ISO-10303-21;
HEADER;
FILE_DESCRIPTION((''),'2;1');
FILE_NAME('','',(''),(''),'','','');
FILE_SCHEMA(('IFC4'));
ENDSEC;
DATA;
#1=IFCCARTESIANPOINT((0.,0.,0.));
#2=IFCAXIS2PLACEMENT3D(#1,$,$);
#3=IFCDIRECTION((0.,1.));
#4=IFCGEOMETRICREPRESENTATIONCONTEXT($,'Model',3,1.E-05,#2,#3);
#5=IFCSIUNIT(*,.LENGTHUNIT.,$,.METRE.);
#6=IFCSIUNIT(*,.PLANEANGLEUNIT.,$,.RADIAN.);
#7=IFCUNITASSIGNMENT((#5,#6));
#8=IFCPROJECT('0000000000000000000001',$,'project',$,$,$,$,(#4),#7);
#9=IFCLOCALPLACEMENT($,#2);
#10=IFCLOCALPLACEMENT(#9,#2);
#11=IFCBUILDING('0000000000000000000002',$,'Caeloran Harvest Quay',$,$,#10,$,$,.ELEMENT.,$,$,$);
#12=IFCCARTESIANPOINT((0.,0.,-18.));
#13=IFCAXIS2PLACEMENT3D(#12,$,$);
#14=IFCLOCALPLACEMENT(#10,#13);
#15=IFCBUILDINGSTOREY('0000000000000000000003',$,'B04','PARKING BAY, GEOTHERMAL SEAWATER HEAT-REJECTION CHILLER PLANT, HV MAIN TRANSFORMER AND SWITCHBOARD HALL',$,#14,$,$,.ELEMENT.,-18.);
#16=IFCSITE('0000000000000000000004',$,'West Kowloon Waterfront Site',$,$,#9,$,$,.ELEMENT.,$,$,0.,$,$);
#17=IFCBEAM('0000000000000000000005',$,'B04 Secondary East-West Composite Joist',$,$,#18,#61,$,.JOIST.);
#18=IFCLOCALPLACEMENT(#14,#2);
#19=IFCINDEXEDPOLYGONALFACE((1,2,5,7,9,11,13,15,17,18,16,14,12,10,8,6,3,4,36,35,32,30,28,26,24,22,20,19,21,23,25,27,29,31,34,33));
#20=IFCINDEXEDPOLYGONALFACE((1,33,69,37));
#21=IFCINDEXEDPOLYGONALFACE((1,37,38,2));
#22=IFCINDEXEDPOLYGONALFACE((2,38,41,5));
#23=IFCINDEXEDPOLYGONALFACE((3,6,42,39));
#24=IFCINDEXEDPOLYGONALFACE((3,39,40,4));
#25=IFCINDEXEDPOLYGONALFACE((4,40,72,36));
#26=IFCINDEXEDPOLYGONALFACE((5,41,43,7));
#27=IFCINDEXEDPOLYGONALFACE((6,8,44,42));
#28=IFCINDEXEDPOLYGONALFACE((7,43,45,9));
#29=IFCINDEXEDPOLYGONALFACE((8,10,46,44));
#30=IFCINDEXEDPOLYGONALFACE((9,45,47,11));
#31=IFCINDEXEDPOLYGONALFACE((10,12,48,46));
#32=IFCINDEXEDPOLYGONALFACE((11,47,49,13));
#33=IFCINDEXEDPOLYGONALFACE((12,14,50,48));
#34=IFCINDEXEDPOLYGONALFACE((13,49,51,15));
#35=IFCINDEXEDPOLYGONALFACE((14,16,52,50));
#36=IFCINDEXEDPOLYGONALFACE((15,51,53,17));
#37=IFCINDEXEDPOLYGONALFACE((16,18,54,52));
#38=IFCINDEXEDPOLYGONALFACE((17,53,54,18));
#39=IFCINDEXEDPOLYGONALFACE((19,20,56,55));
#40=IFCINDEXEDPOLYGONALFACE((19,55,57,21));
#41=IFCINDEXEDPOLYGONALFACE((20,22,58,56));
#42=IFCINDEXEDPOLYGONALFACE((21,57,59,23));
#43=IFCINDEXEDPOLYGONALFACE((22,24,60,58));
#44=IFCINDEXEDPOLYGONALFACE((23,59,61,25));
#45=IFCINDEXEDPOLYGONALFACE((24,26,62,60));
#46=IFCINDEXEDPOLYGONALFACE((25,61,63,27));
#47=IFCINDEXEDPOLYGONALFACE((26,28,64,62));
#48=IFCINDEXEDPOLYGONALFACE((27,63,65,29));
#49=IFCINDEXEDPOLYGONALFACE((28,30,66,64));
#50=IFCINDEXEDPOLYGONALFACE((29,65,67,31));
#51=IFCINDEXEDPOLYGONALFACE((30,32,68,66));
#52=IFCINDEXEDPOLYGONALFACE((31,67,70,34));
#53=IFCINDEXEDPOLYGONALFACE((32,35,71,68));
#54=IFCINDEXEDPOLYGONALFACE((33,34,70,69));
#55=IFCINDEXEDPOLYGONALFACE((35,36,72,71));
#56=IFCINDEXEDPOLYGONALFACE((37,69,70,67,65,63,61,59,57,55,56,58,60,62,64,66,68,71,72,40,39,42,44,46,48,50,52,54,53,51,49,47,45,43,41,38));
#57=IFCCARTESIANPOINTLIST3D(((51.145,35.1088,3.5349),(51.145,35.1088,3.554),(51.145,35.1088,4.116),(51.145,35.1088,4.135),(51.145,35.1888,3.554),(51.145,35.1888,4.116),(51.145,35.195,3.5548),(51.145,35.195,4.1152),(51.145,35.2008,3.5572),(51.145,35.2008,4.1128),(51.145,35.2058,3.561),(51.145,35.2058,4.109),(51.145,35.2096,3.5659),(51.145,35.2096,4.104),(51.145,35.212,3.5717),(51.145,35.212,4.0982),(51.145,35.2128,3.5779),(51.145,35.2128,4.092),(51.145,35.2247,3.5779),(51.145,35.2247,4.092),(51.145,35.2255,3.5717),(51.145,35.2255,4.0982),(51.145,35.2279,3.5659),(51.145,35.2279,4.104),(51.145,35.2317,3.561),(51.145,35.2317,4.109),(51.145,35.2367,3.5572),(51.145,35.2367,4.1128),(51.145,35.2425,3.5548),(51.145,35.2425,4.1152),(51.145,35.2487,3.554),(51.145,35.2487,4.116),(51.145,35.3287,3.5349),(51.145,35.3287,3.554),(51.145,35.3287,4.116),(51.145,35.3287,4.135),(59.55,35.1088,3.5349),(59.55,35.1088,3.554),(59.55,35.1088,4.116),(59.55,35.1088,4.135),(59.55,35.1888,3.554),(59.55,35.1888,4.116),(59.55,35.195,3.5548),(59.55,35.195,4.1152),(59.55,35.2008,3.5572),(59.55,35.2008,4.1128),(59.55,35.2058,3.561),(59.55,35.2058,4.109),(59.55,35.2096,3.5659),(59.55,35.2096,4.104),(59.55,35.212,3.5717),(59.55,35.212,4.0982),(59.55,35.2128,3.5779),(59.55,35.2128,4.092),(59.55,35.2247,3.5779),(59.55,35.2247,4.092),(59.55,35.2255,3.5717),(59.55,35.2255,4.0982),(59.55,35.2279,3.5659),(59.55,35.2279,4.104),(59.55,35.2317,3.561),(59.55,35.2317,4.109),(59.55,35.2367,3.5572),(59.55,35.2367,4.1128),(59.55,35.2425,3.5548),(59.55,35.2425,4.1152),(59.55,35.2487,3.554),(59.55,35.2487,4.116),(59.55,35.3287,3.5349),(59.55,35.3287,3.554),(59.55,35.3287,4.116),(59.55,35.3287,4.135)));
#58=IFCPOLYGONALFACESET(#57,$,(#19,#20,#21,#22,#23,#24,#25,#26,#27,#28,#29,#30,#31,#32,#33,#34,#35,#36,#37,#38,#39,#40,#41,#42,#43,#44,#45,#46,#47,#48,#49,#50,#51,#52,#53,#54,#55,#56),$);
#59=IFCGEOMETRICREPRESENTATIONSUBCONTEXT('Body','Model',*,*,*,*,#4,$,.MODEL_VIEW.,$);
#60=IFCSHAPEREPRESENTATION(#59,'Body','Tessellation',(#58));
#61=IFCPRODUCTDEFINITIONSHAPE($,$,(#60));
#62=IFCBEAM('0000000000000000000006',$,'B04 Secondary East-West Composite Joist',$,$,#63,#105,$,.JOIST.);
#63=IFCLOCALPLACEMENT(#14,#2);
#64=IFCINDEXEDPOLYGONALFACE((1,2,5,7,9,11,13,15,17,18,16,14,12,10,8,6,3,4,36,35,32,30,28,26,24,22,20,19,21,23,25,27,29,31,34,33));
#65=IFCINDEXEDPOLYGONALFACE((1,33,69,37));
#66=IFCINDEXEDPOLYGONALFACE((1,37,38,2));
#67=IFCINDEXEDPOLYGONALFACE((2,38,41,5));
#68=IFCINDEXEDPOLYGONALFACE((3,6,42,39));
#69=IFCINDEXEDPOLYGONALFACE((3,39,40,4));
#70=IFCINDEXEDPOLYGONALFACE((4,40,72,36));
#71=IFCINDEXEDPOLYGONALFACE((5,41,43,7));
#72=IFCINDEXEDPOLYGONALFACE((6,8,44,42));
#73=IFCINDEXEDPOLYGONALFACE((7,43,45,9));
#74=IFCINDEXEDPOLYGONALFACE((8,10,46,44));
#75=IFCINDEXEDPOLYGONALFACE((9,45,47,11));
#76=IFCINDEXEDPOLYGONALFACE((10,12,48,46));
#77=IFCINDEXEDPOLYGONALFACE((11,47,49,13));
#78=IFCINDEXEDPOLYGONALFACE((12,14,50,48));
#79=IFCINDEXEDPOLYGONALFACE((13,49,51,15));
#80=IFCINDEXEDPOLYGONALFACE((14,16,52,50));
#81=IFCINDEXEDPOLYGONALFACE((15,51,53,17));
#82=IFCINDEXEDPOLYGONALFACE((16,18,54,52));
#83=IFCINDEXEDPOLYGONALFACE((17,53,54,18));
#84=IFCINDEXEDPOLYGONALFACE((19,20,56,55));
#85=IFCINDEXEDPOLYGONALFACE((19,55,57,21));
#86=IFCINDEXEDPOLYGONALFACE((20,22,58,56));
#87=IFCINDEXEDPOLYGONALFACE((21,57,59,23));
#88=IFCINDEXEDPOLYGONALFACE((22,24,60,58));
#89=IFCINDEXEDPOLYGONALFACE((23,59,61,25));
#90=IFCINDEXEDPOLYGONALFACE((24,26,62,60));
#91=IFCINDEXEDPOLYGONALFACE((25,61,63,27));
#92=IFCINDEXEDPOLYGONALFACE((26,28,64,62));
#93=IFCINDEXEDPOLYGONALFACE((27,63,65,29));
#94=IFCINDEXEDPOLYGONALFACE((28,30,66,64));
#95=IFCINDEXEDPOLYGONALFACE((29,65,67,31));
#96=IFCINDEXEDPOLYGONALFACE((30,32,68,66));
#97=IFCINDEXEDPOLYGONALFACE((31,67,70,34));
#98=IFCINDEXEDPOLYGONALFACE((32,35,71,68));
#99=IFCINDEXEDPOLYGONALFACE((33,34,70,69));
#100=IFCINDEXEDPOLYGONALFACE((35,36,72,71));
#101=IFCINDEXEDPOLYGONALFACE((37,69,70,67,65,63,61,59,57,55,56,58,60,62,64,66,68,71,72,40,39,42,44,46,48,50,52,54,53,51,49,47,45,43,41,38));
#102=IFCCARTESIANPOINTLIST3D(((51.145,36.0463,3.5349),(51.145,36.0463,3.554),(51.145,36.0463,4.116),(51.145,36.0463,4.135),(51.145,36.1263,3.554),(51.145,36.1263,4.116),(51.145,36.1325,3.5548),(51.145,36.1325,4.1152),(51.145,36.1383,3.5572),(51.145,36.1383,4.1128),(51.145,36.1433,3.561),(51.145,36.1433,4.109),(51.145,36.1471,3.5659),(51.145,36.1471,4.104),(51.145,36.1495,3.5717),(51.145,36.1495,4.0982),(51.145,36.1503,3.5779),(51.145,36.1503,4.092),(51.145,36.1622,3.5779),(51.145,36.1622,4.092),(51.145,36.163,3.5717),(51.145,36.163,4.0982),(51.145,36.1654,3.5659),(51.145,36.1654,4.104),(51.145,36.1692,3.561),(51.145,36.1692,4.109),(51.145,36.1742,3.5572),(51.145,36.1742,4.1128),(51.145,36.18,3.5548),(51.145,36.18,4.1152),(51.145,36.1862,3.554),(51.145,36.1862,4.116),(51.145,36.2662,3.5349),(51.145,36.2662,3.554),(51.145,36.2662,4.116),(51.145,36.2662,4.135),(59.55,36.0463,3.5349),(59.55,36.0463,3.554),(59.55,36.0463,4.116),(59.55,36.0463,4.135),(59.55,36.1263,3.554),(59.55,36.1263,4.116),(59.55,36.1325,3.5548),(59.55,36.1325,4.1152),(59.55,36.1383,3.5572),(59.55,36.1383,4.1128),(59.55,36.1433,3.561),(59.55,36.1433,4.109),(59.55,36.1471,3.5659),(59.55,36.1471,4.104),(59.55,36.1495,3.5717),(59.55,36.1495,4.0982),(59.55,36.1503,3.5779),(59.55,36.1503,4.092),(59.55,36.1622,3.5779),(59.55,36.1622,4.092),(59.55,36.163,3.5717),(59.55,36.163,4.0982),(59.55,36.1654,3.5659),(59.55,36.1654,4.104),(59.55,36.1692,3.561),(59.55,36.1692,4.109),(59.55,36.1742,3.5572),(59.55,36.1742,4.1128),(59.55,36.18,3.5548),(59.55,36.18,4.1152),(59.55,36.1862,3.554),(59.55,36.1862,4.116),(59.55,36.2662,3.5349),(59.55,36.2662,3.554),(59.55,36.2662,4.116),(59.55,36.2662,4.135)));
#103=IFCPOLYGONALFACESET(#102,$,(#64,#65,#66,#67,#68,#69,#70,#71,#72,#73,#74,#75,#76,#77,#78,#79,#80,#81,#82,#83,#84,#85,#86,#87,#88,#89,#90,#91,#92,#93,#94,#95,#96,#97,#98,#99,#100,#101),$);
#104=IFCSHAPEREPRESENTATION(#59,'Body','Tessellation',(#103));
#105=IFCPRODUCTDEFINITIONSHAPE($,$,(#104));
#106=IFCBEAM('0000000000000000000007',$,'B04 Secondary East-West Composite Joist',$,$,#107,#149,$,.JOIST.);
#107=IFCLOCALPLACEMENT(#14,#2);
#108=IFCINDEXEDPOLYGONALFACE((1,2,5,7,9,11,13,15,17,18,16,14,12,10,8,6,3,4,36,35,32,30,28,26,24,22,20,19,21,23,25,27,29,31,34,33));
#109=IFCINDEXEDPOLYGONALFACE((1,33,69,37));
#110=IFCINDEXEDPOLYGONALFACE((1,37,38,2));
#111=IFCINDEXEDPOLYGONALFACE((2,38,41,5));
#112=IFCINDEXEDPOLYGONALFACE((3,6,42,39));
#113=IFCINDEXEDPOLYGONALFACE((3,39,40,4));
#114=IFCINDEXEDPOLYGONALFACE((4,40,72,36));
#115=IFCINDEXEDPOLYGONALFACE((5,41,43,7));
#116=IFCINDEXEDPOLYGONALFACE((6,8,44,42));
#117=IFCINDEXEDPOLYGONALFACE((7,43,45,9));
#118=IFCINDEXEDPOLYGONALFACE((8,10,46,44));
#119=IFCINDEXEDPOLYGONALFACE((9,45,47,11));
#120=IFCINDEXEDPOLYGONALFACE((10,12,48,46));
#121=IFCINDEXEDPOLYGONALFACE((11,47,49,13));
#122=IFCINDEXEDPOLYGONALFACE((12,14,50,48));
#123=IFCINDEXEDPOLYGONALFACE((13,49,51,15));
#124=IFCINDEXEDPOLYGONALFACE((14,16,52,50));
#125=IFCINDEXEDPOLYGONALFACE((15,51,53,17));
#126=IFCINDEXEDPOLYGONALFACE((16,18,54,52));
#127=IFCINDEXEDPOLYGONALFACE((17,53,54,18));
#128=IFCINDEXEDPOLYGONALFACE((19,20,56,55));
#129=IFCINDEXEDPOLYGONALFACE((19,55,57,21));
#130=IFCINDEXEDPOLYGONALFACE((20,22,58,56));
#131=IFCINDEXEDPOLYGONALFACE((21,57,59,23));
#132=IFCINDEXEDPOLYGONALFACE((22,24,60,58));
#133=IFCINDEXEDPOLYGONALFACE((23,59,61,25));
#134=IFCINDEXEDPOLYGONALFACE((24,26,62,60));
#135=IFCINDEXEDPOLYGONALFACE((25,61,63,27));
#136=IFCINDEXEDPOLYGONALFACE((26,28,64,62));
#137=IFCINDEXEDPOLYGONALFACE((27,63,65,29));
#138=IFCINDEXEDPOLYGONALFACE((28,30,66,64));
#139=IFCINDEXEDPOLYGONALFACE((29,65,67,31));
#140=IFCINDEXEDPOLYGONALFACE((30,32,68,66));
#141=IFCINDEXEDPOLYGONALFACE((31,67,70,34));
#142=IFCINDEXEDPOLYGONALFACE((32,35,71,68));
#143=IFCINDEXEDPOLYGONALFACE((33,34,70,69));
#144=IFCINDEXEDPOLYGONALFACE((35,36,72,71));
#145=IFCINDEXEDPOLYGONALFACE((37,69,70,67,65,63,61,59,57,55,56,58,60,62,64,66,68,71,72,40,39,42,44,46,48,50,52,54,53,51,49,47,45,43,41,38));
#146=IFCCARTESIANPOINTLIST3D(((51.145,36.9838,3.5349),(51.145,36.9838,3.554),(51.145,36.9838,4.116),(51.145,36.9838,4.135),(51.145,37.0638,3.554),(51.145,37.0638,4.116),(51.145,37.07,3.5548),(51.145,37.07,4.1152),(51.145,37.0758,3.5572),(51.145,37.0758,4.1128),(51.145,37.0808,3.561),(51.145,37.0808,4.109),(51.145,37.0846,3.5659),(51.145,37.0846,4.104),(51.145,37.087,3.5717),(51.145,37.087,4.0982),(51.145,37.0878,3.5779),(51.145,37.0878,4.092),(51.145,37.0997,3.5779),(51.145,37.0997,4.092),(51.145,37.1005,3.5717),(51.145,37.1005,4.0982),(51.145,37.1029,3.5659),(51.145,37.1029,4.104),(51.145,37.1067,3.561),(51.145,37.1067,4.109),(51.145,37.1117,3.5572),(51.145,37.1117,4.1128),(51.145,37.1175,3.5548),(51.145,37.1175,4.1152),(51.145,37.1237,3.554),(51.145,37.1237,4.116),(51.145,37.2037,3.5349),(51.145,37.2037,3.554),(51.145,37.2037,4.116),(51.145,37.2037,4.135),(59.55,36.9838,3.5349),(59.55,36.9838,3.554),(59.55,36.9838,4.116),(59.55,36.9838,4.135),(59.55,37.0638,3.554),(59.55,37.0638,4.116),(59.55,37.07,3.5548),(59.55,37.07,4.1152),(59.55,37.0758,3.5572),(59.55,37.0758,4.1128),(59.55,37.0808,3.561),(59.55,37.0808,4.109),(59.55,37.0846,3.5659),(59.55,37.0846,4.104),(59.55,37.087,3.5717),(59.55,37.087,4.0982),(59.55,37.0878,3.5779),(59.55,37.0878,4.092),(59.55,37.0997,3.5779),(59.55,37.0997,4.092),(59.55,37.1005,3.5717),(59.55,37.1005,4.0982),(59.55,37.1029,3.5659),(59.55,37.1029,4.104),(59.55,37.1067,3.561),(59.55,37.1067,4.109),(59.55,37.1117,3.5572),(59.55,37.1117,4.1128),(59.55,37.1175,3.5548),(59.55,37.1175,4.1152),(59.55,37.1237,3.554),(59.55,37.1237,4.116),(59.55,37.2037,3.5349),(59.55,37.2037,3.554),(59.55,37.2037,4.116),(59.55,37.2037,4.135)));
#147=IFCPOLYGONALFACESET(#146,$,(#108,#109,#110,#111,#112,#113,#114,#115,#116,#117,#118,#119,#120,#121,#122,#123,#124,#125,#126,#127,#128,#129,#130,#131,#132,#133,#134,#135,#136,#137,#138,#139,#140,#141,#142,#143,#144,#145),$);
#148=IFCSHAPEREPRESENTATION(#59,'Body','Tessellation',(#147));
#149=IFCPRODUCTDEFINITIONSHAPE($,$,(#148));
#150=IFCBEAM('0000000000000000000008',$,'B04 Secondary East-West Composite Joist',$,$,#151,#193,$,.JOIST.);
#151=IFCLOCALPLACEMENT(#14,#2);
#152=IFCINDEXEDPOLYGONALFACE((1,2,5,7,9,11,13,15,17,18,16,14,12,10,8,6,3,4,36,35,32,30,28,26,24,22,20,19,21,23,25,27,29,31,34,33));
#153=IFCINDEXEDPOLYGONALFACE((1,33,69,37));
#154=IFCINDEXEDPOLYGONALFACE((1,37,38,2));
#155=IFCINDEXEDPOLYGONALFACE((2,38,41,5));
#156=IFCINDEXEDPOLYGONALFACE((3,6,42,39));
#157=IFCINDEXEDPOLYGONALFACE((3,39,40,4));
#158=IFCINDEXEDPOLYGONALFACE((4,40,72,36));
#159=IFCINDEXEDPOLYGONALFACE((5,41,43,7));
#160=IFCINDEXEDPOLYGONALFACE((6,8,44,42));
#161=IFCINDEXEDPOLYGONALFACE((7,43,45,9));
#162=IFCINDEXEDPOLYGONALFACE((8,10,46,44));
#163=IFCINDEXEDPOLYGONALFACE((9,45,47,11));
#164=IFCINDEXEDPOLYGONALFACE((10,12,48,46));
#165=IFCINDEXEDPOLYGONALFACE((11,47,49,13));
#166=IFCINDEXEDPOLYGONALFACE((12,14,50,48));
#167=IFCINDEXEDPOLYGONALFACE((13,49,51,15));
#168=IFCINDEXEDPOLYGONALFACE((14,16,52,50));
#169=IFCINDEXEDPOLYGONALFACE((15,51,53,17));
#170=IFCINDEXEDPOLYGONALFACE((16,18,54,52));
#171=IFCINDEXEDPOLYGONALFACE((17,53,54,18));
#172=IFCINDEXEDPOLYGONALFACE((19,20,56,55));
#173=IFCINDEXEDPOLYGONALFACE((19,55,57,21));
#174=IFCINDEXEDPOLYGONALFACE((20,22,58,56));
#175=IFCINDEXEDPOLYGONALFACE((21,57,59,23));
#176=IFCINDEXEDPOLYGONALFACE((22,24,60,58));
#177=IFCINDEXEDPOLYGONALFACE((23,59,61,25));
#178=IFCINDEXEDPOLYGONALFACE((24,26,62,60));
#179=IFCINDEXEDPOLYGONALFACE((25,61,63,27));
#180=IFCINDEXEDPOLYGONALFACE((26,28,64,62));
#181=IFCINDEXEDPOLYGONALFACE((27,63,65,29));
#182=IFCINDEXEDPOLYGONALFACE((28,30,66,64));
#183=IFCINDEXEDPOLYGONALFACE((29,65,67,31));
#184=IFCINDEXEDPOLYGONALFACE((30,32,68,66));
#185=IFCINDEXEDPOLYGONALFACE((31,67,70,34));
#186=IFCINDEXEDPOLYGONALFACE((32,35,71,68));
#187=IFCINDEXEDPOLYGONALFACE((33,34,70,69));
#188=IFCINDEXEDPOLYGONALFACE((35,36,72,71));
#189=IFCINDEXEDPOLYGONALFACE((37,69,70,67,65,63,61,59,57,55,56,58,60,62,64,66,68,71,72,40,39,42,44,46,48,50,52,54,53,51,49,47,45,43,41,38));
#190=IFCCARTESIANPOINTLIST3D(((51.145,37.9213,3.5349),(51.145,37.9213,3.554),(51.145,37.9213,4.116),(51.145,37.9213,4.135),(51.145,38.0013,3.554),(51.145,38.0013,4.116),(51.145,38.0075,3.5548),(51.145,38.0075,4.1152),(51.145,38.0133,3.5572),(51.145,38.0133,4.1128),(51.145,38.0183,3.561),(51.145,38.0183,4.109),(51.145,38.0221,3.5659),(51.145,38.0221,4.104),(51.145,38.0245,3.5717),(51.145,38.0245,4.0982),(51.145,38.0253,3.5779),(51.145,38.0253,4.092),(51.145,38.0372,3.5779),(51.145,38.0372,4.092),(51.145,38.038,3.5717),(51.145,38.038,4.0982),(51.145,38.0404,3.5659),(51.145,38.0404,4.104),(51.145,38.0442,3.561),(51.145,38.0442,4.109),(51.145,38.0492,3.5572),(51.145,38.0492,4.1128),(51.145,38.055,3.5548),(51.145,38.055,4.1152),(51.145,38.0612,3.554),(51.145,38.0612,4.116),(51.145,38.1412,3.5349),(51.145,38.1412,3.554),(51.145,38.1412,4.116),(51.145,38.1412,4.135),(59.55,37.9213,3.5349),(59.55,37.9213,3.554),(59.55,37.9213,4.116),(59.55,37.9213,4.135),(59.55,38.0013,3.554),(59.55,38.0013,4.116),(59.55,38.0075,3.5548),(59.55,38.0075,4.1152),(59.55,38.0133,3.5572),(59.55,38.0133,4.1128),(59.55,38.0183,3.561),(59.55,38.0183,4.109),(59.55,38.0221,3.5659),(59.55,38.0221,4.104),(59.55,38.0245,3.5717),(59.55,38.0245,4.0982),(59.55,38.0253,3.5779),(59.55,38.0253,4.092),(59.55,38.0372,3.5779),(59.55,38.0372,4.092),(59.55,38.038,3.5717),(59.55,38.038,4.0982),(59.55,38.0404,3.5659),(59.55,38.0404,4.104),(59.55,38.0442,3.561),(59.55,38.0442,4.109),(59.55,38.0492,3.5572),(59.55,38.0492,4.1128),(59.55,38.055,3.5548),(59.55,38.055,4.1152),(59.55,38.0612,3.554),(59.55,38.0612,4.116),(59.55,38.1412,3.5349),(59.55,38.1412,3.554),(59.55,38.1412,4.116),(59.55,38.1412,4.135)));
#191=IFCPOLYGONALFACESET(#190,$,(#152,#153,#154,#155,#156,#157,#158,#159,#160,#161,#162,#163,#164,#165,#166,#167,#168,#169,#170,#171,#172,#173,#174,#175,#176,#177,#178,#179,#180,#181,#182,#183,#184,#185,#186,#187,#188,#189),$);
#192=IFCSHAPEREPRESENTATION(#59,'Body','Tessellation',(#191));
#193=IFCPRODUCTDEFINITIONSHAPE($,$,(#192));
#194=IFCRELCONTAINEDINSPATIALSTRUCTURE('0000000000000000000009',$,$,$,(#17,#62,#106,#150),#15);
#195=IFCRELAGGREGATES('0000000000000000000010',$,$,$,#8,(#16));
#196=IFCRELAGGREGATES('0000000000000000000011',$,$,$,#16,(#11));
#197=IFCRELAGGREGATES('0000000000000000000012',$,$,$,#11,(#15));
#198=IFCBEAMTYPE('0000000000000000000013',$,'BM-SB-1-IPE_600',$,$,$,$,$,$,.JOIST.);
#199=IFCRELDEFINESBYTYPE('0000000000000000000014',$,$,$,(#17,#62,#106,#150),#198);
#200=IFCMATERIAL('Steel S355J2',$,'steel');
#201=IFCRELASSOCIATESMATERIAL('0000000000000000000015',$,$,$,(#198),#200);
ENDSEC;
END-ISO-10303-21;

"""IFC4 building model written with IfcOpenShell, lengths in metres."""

from ifc_helpers import new_model, si_unit, direction, frame, origin, origin_2d, place, context, subcontext, project, spatial, i_section, extrude, material, material_profile, profile_set, type_object, element, save


model = new_model("IFC4")

# Units and contexts
model_context = context("Model", 3, precision=1e-05, world=origin(), true_north=direction((0.0, 1.0)))
body_context = subcontext(model_context, "Body", "Model", "MODEL_VIEW")
ifc_project = project(units=[si_unit("LENGTHUNIT", "METRE"), si_unit("PLANEANGLEUNIT", "RADIAN")], contexts=[model_context])

# Site, building, storey
site_placement = place(None, origin())
site = spatial("IfcSite", under=ifc_project, at=site_placement, Name="West Kowloon Waterfront Site", CompositionType="ELEMENT", RefElevation=0.0)
building_placement = place(site_placement, origin())
building = spatial("IfcBuilding", under=site, at=building_placement, Name="Caeloran Harvest Quay", CompositionType="ELEMENT")
storey_placement = place(building_placement, frame((0.0, 0.0, -18.0)))
storey = spatial("IfcBuildingStorey", under=building, at=storey_placement, Name="B04", Description="PARKING BAY, GEOTHERMAL SEAWATER HEAT-REJECTION CHILLER PLANT, HV MAIN TRANSFORMER AND SWITCHBOARD HALL", CompositionType="ELEMENT", Elevation=-18.0)

# Beams
ifc_material_1 = material(Name="Steel S355J2", Category="steel")
ifc_material_profile_1 = material_profile(ifc_material_1, i_section(OverallWidth=0.22, OverallDepth=0.6001, WebThickness=0.012, FlangeThickness=0.019, FilletRadius=0.0239, at=origin_2d()), Name="IPE 600")
ifc_profile_set_1 = profile_set([ifc_material_profile_1], Name="Steel S355J2")
beam_type_1 = type_object("IfcBeamType", Name="BM-SB-1-IPE_600", PredefinedType="JOIST", material=ifc_profile_set_1)
for number, where, z_axis, x_axis, name in (
    (1, (51.145, 35.2188, 3.835), (1.0, 0.0, 0.0), (0.0, 1.0, 0.0), "B04 Secondary East-West Composite Joist"),
    (2, (51.145, 36.1562, 3.835), (1.0, 0.0, 0.0), (0.0, 1.0, 0.0), "B04 Secondary East-West Composite Joist"),
    (3, (51.145, 37.0938, 3.835), (1.0, 0.0, 0.0), (0.0, 1.0, 0.0), "B04 Secondary East-West Composite Joist"),
    (4, (51.145, 38.0312, 3.835), (1.0, 0.0, 0.0), (0.0, 1.0, 0.0), "B04 Secondary East-West Composite Joist"),
):
    element("IfcBeam", number, at=place(storey_placement, frame(where, z_axis=z_axis, x_axis=x_axis)), inside=storey, type_object=beam_type_1, Name=name, PredefinedType="JOIST", context=body_context, shape_type="SweptSolid", body=[
        extrude(i_section(OverallWidth=0.22, OverallDepth=0.6001, WebThickness=0.012, FlangeThickness=0.019, FilletRadius=0.0239, at=origin_2d()), origin(), (0.0, 0.0, 1.0), 8.405),
    ])

save(model, "model.ifc")
